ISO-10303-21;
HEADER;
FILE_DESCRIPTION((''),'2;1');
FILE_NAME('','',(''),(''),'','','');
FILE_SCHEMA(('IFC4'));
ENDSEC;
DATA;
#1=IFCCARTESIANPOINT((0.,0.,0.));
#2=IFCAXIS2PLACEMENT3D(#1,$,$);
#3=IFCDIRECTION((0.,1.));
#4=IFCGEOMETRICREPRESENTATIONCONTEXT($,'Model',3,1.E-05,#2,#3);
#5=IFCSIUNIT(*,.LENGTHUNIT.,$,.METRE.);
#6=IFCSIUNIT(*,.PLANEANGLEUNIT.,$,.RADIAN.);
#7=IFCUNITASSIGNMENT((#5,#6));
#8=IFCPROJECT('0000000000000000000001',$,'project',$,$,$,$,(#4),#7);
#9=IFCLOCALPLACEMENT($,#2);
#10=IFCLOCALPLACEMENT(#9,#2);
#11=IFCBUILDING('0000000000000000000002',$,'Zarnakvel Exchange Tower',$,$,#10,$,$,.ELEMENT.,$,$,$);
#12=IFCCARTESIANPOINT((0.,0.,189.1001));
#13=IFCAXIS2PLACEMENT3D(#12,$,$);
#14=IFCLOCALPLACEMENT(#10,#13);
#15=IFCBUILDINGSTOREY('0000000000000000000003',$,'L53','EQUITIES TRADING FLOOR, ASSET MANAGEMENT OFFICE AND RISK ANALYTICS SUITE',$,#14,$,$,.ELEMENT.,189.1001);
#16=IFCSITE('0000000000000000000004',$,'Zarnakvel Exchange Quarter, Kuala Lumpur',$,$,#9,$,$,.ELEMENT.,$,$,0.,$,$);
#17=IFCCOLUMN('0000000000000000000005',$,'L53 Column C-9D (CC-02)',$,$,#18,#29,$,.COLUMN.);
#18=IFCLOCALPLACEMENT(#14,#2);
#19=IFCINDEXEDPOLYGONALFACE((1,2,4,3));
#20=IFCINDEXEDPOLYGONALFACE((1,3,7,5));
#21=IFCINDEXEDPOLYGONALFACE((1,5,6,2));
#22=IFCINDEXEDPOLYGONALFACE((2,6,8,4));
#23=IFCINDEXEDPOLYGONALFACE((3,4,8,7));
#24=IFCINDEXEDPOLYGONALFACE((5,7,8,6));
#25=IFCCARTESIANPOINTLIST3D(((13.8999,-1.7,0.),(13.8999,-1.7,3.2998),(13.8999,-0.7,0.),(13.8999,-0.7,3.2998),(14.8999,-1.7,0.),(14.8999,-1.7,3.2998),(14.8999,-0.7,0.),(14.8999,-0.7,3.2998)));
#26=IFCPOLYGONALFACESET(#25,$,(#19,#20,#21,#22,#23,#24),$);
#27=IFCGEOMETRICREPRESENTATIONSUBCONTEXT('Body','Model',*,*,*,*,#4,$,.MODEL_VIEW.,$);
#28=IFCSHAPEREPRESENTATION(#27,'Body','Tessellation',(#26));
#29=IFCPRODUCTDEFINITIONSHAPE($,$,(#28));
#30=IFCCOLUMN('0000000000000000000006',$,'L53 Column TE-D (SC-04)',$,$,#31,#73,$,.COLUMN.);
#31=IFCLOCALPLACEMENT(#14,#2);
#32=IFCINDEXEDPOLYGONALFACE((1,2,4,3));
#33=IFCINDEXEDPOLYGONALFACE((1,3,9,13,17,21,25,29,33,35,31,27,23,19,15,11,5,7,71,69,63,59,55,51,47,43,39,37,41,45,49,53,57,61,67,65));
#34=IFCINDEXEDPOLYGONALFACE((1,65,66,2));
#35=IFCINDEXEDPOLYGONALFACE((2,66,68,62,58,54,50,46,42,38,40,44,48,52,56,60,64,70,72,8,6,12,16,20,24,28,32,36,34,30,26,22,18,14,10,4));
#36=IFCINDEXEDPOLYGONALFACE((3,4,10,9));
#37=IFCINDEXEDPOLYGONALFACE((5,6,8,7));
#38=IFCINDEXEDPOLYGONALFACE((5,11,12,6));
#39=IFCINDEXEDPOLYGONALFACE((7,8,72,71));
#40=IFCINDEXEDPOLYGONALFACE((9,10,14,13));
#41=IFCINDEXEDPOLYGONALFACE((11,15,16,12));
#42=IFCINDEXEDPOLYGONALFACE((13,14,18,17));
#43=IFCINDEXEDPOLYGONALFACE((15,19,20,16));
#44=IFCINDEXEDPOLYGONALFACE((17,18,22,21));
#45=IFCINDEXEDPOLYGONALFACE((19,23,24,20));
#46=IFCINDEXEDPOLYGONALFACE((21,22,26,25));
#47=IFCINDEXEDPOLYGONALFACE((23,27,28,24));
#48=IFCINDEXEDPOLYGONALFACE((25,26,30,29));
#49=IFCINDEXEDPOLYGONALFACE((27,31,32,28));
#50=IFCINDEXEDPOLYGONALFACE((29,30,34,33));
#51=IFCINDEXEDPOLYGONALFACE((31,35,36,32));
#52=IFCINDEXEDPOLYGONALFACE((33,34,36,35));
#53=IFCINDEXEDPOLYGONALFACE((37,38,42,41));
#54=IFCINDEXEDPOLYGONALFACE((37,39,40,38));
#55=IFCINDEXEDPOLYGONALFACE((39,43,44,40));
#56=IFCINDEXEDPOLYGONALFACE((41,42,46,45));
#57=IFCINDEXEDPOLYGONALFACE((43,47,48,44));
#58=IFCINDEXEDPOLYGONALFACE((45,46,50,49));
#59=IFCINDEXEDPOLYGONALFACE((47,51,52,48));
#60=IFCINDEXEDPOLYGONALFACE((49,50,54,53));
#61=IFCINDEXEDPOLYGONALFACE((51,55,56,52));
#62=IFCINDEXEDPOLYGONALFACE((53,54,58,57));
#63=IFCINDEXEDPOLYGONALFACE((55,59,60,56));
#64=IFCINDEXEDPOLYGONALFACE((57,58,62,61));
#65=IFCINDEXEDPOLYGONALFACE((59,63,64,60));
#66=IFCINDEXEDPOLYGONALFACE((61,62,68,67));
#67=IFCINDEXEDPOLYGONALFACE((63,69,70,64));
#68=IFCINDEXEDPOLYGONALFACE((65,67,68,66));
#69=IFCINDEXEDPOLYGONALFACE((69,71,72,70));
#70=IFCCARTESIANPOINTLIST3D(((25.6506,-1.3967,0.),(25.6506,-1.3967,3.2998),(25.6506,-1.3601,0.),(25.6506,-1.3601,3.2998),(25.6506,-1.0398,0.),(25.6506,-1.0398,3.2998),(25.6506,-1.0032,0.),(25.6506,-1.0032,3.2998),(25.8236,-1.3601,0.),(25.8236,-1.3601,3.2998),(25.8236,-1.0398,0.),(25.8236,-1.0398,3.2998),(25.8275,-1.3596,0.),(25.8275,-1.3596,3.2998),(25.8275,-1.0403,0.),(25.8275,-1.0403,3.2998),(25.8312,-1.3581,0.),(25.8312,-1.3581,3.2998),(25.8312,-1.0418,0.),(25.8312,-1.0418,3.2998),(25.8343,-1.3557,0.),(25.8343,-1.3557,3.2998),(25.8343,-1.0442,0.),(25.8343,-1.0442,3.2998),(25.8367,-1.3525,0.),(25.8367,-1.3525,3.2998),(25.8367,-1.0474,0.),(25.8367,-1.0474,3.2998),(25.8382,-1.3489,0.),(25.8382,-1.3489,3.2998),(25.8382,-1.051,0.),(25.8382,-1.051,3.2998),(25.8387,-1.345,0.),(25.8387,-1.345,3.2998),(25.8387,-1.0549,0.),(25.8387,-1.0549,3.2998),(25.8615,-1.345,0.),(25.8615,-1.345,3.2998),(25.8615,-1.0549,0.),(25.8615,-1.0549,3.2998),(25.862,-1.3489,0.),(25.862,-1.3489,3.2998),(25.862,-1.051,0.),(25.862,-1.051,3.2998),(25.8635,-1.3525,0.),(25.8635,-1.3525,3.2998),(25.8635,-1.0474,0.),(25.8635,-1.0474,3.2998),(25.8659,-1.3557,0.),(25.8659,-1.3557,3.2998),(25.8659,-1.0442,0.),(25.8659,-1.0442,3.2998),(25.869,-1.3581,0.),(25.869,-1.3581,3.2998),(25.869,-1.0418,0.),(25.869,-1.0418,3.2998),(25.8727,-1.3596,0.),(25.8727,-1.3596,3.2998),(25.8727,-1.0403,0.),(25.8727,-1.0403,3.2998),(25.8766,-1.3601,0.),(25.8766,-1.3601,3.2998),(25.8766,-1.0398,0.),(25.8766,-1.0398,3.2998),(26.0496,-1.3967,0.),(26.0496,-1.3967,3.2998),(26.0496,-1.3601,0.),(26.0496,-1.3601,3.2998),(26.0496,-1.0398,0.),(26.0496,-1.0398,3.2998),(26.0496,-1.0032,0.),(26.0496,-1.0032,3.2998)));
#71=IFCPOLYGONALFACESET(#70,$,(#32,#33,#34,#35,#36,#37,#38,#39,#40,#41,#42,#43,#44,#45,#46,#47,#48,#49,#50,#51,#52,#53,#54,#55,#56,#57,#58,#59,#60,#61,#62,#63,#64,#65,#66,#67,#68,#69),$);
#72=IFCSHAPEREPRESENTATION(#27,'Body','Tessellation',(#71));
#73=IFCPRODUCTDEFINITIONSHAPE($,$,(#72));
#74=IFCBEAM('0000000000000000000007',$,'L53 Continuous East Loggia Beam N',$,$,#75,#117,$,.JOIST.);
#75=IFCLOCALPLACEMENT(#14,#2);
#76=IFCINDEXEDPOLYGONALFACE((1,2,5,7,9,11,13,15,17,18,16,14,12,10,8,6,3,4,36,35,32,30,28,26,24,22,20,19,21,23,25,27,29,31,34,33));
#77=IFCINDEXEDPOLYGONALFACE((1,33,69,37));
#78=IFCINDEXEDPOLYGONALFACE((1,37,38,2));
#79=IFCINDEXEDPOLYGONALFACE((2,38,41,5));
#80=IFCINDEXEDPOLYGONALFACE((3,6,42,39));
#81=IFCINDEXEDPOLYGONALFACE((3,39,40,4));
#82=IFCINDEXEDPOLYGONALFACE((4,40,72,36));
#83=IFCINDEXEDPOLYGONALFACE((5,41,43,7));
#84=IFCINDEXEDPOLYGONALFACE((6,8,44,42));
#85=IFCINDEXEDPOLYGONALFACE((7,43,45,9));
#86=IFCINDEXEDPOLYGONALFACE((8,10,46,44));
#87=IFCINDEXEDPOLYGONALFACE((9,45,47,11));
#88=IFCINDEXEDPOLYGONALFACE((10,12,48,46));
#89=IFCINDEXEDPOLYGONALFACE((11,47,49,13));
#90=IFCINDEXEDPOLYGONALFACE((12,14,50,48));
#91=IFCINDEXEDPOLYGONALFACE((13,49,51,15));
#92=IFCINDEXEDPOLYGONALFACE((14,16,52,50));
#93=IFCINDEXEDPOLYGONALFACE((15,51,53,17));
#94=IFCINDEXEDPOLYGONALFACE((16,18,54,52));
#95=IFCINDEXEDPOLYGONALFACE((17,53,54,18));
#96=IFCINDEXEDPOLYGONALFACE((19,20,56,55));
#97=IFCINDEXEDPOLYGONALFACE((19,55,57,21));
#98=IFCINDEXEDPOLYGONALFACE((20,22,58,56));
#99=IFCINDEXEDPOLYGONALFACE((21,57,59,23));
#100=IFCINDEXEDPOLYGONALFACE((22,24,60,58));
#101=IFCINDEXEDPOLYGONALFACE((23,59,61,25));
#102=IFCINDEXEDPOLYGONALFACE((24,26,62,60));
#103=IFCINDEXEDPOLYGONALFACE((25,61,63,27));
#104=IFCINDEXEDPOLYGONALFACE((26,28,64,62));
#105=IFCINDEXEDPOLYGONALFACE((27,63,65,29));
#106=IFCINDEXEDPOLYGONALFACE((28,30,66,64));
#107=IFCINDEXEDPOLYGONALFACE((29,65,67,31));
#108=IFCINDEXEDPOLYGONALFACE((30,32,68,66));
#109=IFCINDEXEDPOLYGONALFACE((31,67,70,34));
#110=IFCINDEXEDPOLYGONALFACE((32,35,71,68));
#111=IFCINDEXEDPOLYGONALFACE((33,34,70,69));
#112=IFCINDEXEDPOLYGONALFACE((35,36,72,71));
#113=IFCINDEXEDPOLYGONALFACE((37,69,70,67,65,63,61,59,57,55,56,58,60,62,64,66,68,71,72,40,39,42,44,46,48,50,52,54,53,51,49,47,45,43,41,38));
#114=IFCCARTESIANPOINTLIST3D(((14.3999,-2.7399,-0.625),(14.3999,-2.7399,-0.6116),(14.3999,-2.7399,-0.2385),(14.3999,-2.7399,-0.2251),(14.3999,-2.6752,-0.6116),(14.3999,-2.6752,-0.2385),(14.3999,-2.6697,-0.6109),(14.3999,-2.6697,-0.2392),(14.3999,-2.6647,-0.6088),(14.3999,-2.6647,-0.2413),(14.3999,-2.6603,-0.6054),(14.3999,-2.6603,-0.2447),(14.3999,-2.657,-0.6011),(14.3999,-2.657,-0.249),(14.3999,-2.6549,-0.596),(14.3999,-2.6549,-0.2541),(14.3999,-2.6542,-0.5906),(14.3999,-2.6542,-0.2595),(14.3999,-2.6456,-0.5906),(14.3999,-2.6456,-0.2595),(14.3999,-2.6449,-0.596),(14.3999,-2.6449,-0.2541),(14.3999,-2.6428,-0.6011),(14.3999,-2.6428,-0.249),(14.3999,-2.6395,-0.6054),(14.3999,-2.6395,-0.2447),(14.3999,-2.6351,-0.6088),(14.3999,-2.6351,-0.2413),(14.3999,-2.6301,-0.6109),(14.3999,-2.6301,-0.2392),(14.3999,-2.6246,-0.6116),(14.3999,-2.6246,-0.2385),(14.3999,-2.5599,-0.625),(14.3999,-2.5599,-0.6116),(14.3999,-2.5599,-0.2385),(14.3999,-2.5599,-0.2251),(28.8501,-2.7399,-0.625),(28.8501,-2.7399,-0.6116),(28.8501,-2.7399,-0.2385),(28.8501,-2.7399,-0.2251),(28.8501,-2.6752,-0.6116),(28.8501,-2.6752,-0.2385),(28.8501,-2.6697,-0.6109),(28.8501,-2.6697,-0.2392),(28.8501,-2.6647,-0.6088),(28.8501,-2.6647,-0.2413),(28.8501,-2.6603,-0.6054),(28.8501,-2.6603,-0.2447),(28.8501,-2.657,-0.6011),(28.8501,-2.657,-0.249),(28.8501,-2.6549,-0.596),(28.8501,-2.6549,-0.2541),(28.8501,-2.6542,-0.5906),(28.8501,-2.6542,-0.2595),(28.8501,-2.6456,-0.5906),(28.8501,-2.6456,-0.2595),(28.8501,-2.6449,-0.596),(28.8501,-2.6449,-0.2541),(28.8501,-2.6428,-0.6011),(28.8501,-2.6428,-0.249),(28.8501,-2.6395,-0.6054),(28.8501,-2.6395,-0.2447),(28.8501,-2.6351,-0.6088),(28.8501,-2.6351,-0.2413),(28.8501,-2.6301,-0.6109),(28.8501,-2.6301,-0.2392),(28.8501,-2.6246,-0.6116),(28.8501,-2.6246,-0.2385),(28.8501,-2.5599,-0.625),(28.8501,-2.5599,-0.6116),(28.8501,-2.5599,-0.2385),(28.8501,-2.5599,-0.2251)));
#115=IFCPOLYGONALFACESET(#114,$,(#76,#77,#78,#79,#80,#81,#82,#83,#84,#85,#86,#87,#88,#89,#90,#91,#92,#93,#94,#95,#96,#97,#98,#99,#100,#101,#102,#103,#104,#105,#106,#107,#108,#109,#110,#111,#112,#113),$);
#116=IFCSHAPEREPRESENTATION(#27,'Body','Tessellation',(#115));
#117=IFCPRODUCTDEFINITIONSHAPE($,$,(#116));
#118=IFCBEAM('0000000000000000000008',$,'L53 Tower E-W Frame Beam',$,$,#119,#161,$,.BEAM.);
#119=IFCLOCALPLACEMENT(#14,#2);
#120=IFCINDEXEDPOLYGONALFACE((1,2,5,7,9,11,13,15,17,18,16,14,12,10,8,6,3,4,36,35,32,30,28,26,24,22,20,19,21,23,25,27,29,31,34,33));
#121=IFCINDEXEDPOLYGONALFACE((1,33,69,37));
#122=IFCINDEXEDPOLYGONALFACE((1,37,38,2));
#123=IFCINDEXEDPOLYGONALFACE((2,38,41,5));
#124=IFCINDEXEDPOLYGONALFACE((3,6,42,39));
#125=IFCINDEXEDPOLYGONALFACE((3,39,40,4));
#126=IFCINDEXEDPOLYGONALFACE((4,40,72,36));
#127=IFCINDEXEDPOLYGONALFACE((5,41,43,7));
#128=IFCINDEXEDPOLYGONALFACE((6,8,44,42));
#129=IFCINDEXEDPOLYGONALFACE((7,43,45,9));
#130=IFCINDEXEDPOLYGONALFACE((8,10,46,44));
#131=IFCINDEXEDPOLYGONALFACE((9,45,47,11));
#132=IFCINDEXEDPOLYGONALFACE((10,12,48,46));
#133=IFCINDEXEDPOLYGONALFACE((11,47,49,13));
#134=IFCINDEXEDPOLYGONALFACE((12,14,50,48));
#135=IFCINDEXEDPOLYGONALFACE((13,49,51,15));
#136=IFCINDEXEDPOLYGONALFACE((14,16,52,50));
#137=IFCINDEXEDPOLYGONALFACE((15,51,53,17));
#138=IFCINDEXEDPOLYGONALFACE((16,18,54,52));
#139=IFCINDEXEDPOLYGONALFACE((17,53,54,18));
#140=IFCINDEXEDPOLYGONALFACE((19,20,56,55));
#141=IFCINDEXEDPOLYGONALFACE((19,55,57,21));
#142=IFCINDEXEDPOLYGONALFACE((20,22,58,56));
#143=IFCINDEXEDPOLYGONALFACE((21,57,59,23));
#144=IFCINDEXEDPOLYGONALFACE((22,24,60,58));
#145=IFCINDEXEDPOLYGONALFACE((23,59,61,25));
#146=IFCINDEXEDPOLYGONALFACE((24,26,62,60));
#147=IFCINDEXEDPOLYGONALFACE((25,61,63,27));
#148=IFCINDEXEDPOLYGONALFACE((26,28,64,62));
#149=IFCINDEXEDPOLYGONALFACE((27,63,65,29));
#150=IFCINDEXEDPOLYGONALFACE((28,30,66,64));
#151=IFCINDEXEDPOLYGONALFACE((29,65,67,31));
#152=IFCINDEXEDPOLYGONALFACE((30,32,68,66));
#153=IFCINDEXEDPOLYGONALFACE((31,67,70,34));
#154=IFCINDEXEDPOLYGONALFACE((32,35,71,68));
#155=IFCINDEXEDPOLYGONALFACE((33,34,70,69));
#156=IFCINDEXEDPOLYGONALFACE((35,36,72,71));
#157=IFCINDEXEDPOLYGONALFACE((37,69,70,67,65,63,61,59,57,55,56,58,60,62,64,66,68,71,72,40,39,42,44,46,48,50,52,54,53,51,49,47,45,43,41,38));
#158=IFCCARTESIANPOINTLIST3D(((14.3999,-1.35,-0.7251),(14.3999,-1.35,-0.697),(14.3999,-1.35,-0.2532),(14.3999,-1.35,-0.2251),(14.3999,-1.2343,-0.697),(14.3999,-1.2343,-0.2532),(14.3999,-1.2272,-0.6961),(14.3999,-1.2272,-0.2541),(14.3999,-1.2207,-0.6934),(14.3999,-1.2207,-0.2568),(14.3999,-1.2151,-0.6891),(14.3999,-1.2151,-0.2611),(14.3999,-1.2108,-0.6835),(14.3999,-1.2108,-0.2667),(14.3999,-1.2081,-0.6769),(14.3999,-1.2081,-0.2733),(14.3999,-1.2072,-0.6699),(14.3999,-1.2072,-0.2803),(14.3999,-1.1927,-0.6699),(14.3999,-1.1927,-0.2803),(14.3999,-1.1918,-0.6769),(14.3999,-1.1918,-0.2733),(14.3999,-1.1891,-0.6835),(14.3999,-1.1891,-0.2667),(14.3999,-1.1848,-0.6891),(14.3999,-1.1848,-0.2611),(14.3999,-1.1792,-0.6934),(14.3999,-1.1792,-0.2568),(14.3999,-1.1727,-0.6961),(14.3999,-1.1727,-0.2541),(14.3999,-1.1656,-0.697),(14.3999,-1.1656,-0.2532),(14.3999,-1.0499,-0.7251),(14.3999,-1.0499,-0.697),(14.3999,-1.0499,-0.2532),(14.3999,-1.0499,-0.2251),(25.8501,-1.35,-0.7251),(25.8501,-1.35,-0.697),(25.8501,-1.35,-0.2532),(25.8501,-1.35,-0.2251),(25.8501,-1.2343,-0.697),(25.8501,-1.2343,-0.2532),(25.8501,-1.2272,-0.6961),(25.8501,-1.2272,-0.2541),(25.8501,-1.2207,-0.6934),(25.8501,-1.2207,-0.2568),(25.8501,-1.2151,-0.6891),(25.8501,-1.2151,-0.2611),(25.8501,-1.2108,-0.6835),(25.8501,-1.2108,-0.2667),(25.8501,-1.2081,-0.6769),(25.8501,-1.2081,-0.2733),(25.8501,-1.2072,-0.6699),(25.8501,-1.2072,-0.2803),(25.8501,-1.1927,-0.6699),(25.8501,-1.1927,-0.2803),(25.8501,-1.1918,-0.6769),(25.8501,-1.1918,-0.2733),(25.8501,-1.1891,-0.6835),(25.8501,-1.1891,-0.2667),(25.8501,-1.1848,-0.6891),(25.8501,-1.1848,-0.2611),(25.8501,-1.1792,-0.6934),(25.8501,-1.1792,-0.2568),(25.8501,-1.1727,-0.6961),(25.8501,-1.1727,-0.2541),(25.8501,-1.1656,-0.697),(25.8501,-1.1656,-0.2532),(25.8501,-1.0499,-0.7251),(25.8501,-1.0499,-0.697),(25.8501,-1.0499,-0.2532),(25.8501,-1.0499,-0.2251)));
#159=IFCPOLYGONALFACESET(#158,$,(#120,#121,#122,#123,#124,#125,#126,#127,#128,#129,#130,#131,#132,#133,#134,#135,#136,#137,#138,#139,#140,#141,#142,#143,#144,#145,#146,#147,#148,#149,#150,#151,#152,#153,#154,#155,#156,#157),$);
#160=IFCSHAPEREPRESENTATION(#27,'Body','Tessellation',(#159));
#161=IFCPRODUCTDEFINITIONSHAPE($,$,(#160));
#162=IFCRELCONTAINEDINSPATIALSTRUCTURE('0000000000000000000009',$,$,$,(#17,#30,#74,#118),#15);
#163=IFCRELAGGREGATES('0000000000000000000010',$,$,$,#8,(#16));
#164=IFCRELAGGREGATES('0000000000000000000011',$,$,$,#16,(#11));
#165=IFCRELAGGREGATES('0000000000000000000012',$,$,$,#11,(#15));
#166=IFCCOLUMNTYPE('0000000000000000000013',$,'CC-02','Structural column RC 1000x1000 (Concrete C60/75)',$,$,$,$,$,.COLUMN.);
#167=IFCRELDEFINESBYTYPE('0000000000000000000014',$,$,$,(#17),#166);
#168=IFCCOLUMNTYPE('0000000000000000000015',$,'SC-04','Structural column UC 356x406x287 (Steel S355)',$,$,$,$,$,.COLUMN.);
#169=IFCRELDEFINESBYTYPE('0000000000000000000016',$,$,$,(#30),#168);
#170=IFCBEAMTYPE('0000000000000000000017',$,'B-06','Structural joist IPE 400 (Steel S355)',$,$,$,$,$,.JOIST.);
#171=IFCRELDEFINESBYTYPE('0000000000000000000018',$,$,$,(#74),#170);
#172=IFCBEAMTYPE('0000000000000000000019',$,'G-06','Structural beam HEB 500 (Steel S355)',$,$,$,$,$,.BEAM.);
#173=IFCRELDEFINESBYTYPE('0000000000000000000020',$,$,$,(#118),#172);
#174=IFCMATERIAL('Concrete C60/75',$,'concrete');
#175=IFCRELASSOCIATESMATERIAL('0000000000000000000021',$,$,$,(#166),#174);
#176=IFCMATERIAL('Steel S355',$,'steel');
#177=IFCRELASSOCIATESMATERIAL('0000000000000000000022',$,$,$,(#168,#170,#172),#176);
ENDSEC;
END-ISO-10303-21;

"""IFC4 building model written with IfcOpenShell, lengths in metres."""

from ifc_helpers import new_model, si_unit, direction, frame, origin, origin_2d, place, context, subcontext, project, spatial, rectangle, i_section, extrude, material, material_profile, profile_set, type_object, element, save


model = new_model("IFC4")

# Units and contexts
model_context = context("Model", 3, precision=1e-05, world=origin(), true_north=direction((0.0, 1.0)))
body_context = subcontext(model_context, "Body", "Model", "MODEL_VIEW")
ifc_project = project(units=[si_unit("LENGTHUNIT", "METRE"), si_unit("PLANEANGLEUNIT", "RADIAN")], contexts=[model_context])

# Site, building, storey
site_placement = place(None, origin())
site = spatial("IfcSite", under=ifc_project, at=site_placement, Name="Zarnakvel Exchange Quarter, Kuala Lumpur", CompositionType="ELEMENT", RefElevation=0.0)
building_placement = place(site_placement, origin())
building = spatial("IfcBuilding", under=site, at=building_placement, Name="Zarnakvel Exchange Tower", CompositionType="ELEMENT")
storey_placement = place(building_placement, frame((0.0, 0.0, 189.1001)))
storey = spatial("IfcBuildingStorey", under=building, at=storey_placement, Name="L53", Description="EQUITIES TRADING FLOOR, ASSET MANAGEMENT OFFICE AND RISK ANALYTICS SUITE", CompositionType="ELEMENT", Elevation=189.1001)

# Columns
ifc_material_1 = material(Name="Concrete C60/75", Category="concrete")
ifc_material_profile_1 = material_profile(ifc_material_1, rectangle(XDim=1.0, YDim=1.0, at=origin_2d()))
ifc_profile_set_1 = profile_set([ifc_material_profile_1], Name="Concrete C60/75")
column_type_1 = type_object("IfcColumnType", Name="CC-02", Description="Structural column RC 1000x1000 (Concrete C60/75)", PredefinedType="COLUMN", material=ifc_profile_set_1)
column_1_placement = place(storey_placement, frame((14.3999, -1.2, 0.0), z_axis=(0.0, 0.0, 1.0), x_axis=(1.0, 0.0, 0.0)))
element("IfcColumn", 1, at=column_1_placement, inside=storey, type_object=column_type_1, Name="L53 Column C-9D (CC-02)", PredefinedType="COLUMN", context=body_context, shape_type="SweptSolid", body=[
    extrude(rectangle(XDim=1.0, YDim=1.0, at=origin_2d()), origin(), (0.0, 0.0, 1.0), 3.2998),
])
ifc_material_2 = material(Name="Steel S355", Category="steel")
ifc_material_profile_2 = material_profile(ifc_material_2, i_section(OverallWidth=0.3989, OverallDepth=0.3936, WebThickness=0.0227, FlangeThickness=0.0366, FilletRadius=0.0151, at=origin_2d()))
ifc_profile_set_2 = profile_set([ifc_material_profile_2], Name="Steel S355")
column_type_2 = type_object("IfcColumnType", Name="SC-04", Description="Structural column UC 356x406x287 (Steel S355)", PredefinedType="COLUMN", material=ifc_profile_set_2)
column_2_placement = place(storey_placement, frame((25.8501, -1.2, 0.0), z_axis=(0.0, 0.0, 1.0), x_axis=(1.0, 0.0, 0.0)))
element("IfcColumn", 2, at=column_2_placement, inside=storey, type_object=column_type_2, Name="L53 Column TE-D (SC-04)", PredefinedType="COLUMN", context=body_context, shape_type="SweptSolid", body=[
    extrude(i_section(OverallWidth=0.3989, OverallDepth=0.3936, WebThickness=0.0227, FlangeThickness=0.0366, FilletRadius=0.0151, at=origin_2d()), origin(), (0.0, 0.0, 1.0), 3.2998),
])

# Beams
ifc_material_profile_3 = material_profile(ifc_material_2, i_section(OverallWidth=0.1799, OverallDepth=0.3999, WebThickness=0.0085, FlangeThickness=0.0134, FilletRadius=0.021, at=origin_2d()))
ifc_profile_set_3 = profile_set([ifc_material_profile_3], Name="Steel S355")
beam_type_1 = type_object("IfcBeamType", Name="B-06", Description="Structural joist IPE 400 (Steel S355)", PredefinedType="JOIST", material=ifc_profile_set_3)
beam_1_placement = place(storey_placement, frame((14.3999, -2.6499, -0.425), z_axis=(1.0, 0.0, 0.0), x_axis=(0.0, 1.0, 0.0)))
element("IfcBeam", 3, at=beam_1_placement, inside=storey, type_object=beam_type_1, Name="L53 Continuous East Loggia Beam N", PredefinedType="JOIST", context=body_context, shape_type="SweptSolid", body=[
    extrude(i_section(OverallWidth=0.1799, OverallDepth=0.3999, WebThickness=0.0085, FlangeThickness=0.0134, FilletRadius=0.021, at=origin_2d()), origin(), (0.0, 0.0, 1.0), 14.4502),
])
ifc_material_profile_4 = material_profile(ifc_material_2, i_section(OverallWidth=0.3, OverallDepth=0.5, WebThickness=0.0144, FlangeThickness=0.0281, FilletRadius=0.0271, at=origin_2d()))
ifc_profile_set_4 = profile_set([ifc_material_profile_4], Name="Steel S355")
beam_type_2 = type_object("IfcBeamType", Name="G-06", Description="Structural beam HEB 500 (Steel S355)", PredefinedType="BEAM", material=ifc_profile_set_4)
beam_2_placement = place(storey_placement, frame((14.3999, -1.2, -0.4751), z_axis=(1.0, 0.0, 0.0), x_axis=(0.0, 1.0, 0.0)))
element("IfcBeam", 4, at=beam_2_placement, inside=storey, type_object=beam_type_2, Name="L53 Tower E-W Frame Beam", PredefinedType="BEAM", context=body_context, shape_type="SweptSolid", body=[
    extrude(i_section(OverallWidth=0.3, OverallDepth=0.5, WebThickness=0.0144, FlangeThickness=0.0281, FilletRadius=0.0271, at=origin_2d()), origin(), (0.0, 0.0, 1.0), 11.4502),
])

save(model, "model.ifc")
